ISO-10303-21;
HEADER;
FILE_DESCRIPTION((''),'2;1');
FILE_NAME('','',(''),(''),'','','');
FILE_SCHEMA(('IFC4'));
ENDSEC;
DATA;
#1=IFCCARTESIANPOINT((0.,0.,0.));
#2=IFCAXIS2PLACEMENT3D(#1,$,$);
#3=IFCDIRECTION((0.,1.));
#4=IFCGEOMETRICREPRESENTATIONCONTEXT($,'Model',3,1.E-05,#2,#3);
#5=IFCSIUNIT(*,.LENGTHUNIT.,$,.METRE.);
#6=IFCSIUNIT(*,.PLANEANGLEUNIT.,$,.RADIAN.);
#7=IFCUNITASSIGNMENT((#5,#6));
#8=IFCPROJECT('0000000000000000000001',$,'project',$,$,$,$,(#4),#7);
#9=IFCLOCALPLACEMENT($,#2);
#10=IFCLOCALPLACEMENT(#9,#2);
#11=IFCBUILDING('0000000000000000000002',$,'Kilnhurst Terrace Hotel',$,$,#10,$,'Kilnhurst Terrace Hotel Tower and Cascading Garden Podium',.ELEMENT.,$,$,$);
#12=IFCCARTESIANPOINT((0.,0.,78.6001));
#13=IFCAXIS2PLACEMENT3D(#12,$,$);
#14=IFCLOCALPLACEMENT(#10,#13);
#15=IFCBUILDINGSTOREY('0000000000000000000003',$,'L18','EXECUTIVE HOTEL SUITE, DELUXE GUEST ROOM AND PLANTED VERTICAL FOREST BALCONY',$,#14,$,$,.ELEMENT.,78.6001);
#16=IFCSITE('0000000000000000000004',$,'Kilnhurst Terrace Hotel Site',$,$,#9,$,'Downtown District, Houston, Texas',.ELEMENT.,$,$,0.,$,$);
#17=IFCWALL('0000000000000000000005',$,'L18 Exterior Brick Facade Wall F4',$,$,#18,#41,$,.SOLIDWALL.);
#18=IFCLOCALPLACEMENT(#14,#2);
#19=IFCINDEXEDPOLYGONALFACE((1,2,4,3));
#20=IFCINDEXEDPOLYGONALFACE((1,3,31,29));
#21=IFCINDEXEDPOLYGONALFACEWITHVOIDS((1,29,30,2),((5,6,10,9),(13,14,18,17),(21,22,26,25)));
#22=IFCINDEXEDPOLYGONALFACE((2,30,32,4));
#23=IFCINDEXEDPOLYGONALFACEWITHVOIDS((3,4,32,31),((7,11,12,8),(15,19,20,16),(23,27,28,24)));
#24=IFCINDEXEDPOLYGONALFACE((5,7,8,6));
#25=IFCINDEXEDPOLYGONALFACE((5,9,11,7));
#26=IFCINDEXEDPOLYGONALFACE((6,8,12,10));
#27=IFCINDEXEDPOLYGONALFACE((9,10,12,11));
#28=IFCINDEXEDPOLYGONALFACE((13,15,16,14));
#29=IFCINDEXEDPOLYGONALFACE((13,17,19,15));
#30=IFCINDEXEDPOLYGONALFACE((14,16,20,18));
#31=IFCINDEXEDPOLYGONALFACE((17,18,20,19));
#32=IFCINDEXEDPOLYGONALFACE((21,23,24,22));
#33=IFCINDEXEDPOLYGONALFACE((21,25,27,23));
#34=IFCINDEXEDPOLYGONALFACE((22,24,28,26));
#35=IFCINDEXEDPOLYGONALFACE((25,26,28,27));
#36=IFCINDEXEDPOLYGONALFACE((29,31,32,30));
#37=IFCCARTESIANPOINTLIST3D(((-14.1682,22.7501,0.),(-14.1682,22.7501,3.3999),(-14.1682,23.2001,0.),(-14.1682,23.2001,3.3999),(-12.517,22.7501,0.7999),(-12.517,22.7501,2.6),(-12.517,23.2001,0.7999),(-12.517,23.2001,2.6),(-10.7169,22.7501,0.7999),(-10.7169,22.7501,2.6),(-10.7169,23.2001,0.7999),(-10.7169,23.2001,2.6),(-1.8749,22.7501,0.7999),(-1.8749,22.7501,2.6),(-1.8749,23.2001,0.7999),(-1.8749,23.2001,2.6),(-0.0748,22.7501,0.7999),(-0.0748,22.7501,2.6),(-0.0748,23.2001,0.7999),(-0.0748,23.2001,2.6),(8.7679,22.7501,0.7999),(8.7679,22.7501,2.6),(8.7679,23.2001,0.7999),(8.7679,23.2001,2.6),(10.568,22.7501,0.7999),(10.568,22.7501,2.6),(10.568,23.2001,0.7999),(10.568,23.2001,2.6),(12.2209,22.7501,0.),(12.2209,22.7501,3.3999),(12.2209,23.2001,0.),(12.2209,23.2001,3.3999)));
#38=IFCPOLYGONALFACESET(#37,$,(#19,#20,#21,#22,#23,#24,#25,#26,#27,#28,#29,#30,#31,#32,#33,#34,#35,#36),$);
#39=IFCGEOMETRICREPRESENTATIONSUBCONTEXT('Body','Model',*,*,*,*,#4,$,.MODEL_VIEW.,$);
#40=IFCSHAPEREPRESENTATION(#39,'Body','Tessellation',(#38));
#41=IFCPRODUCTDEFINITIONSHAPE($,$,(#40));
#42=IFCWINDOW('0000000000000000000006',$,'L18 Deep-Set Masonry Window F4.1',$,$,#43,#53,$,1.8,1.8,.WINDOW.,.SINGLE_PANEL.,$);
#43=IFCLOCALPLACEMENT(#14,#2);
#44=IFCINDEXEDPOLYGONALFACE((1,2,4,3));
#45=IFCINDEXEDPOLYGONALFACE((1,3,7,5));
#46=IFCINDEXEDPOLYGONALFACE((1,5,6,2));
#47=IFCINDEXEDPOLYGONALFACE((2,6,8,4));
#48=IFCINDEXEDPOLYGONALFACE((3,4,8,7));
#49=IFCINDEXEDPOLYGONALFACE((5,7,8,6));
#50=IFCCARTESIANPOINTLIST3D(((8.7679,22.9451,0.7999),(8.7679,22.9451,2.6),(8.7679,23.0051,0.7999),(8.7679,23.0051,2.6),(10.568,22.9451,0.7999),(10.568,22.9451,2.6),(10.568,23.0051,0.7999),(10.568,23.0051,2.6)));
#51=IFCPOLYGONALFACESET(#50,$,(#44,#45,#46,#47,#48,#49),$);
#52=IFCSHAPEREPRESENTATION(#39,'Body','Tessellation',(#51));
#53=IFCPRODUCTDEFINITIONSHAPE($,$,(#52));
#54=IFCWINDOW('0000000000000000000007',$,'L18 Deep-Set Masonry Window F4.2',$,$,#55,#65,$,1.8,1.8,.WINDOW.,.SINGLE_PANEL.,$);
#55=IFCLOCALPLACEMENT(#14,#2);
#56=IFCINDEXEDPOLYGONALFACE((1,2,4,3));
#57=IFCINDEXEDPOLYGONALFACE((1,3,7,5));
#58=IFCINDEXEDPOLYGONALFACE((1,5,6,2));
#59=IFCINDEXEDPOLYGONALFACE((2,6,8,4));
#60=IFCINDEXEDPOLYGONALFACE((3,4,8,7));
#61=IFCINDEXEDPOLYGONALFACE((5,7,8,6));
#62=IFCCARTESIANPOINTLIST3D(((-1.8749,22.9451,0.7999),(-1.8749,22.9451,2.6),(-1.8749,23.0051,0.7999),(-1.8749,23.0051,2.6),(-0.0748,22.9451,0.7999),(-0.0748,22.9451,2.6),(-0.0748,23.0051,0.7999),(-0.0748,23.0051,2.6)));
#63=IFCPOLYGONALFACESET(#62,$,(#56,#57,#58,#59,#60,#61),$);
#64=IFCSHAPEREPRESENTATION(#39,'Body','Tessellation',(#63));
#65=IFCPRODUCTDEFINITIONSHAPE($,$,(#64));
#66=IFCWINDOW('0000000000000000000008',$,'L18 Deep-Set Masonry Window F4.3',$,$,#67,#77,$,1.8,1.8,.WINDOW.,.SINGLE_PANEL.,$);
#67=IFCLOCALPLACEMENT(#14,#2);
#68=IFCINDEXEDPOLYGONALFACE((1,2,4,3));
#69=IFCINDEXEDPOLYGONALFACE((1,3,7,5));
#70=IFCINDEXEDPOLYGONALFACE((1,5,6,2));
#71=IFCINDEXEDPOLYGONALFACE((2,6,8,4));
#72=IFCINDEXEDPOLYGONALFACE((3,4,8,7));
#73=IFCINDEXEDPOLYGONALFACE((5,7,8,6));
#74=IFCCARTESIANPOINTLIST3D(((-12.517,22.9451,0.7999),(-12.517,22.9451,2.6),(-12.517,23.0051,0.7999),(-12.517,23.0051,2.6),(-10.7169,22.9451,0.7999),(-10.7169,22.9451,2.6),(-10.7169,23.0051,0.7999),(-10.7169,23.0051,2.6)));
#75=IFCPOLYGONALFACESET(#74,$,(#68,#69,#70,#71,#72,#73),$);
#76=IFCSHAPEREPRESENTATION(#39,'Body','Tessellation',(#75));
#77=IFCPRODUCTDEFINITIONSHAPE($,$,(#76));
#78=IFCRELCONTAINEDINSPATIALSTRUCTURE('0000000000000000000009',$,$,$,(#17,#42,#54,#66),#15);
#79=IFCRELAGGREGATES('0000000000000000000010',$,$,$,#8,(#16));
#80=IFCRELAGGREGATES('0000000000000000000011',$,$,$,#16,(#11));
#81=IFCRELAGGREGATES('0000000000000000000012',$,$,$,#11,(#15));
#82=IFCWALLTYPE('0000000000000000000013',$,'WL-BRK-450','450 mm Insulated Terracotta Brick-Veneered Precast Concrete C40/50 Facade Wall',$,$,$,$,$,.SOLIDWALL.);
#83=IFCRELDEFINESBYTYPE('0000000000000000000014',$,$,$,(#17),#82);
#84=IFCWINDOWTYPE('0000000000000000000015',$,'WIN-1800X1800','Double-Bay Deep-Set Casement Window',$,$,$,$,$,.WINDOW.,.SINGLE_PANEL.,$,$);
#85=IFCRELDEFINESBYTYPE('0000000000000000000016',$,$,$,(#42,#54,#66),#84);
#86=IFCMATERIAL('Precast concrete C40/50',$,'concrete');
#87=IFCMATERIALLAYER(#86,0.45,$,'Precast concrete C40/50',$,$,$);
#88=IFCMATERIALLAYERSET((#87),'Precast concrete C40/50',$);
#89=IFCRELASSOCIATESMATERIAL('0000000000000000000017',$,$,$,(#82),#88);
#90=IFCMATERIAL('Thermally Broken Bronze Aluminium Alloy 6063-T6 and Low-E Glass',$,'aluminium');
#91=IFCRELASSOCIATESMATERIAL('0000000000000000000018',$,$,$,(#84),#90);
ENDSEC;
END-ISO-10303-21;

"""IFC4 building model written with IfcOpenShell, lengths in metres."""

from ifc_helpers import new_model, si_unit, direction, frame, frame_2d, origin, place, context, subcontext, project, spatial, rectangle, extrude, material, layer, layer_set, type_object, element, fill, save


model = new_model("IFC4")

# Units and contexts
model_context = context("Model", 3, precision=1e-05, world=origin(), true_north=direction((0.0, 1.0)))
body_context = subcontext(model_context, "Body", "Model", "MODEL_VIEW")
ifc_project = project(units=[si_unit("LENGTHUNIT", "METRE"), si_unit("PLANEANGLEUNIT", "RADIAN")], contexts=[model_context])

# Site, building, storey
site_placement = place(None, origin())
site = spatial("IfcSite", under=ifc_project, at=site_placement, Name="Kilnhurst Terrace Hotel Site", LongName="Downtown District, Houston, Texas", CompositionType="ELEMENT", RefElevation=0.0)
building_placement = place(site_placement, origin())
building = spatial("IfcBuilding", under=site, at=building_placement, Name="Kilnhurst Terrace Hotel", LongName="Kilnhurst Terrace Hotel Tower and Cascading Garden Podium", CompositionType="ELEMENT")
storey_placement = place(building_placement, frame((0.0, 0.0, 78.6001)))
storey = spatial("IfcBuildingStorey", under=building, at=storey_placement, Name="L18", Description="EXECUTIVE HOTEL SUITE, DELUXE GUEST ROOM AND PLANTED VERTICAL FOREST BALCONY", CompositionType="ELEMENT", Elevation=78.6001)

# Shared definitions
ifc_material_1 = material(Name="Precast concrete C40/50", Category="concrete")
ifc_layer_1 = layer(ifc_material_1, 0.45, Name="Precast concrete C40/50")
ifc_layer_set_1 = layer_set([ifc_layer_1], Name="Precast concrete C40/50")
wall_type_1 = type_object("IfcWallType", Name="WL-BRK-450", Description="450 mm Insulated Terracotta Brick-Veneered Precast Concrete C40/50 Facade Wall", PredefinedType="SOLIDWALL", material=ifc_layer_set_1)

# Wall, openings, windows
wall_1_placement = place(storey_placement, frame((12.2209, 22.9751, 0.0), z_axis=(0.0, 0.0, 1.0), x_axis=(-1.0, 0.0, 0.0)))
wall_1 = element("IfcWall", 1, at=wall_1_placement, inside=storey, type_object=wall_type_1, Name="L18 Exterior Brick Facade Wall F4", PredefinedType="SOLIDWALL", context=body_context, shape_type="SweptSolid", body=[
    extrude(rectangle(XDim=26.3892, YDim=0.45, at=frame_2d((13.1946, 0.0))), origin(), (0.0, 0.0, 1.0), 3.3999),
])
opening_1_placement = place(wall_1_placement, frame((1.6531, 0.0, 0.8)))
opening_1 = element("IfcOpeningElement", 2, at=opening_1_placement, cuts=wall_1, PredefinedType="OPENING", context=body_context, shape_type="SweptSolid", body=[
    extrude(rectangle(XDim=1.8, YDim=1.8, at=frame_2d((0.8999, 0.8999))), frame((0.0, 0.2349, 0.0), z_axis=(0.0, -1.0, 0.0), x_axis=(1.0, 0.0, 0.0)), (0.0, 0.0, 1.0), 0.47),
])
opening_2_placement = place(wall_1_placement, frame((12.2959, 0.0, 0.8)))
opening_2 = element("IfcOpeningElement", 3, at=opening_2_placement, cuts=wall_1, PredefinedType="OPENING", context=body_context, shape_type="SweptSolid", body=[
    extrude(rectangle(XDim=1.8, YDim=1.8, at=frame_2d((0.8999, 0.8999))), frame((0.0, 0.2349, 0.0), z_axis=(0.0, -1.0, 0.0), x_axis=(1.0, 0.0, 0.0)), (0.0, 0.0, 1.0), 0.47),
])
opening_3_placement = place(wall_1_placement, frame((22.938, 0.0, 0.8)))
opening_3 = element("IfcOpeningElement", 4, at=opening_3_placement, cuts=wall_1, PredefinedType="OPENING", context=body_context, shape_type="SweptSolid", body=[
    extrude(rectangle(XDim=1.8, YDim=1.8, at=frame_2d((0.8999, 0.8999))), frame((0.0, 0.2349, 0.0), z_axis=(0.0, -1.0, 0.0), x_axis=(1.0, 0.0, 0.0)), (0.0, 0.0, 1.0), 0.47),
])
ifc_material_2 = material(Name="Thermally Broken Bronze Aluminium Alloy 6063-T6 and Low-E Glass", Category="aluminium")
window_type = type_object("IfcWindowType", Name="WIN-1800X1800", Description="Double-Bay Deep-Set Casement Window", PartitioningType="SINGLE_PANEL", PredefinedType="WINDOW", material=ifc_material_2)
window_1_placement = place(opening_1_placement, origin())
window_1 = element("IfcWindow", 5, at=window_1_placement, inside=storey, type_object=window_type, Name="L18 Deep-Set Masonry Window F4.1", OverallHeight=1.8, OverallWidth=1.8, PartitioningType="SINGLE_PANEL", PredefinedType="WINDOW", context=body_context, shape_type="SweptSolid", body=[
    extrude(rectangle(XDim=1.8, YDim=1.8, at=frame_2d((0.8999, 0.8999))), frame((0.0, 0.03, 0.0), z_axis=(0.0, -1.0, 0.0), x_axis=(1.0, 0.0, 0.0)), (0.0, 0.0, 1.0), 0.0601),
])
fill(opening_1, window_1)
window_2_placement = place(opening_2_placement, origin())
window_2 = element("IfcWindow", 6, at=window_2_placement, inside=storey, type_object=window_type, Name="L18 Deep-Set Masonry Window F4.2", OverallHeight=1.8, OverallWidth=1.8, PartitioningType="SINGLE_PANEL", PredefinedType="WINDOW", context=body_context, shape_type="SweptSolid", body=[
    extrude(rectangle(XDim=1.8, YDim=1.8, at=frame_2d((0.8999, 0.8999))), frame((0.0, 0.03, 0.0), z_axis=(0.0, -1.0, 0.0), x_axis=(1.0, 0.0, 0.0)), (0.0, 0.0, 1.0), 0.0601),
])
fill(opening_2, window_2)
window_3_placement = place(opening_3_placement, origin())
window_3 = element("IfcWindow", 7, at=window_3_placement, inside=storey, type_object=window_type, Name="L18 Deep-Set Masonry Window F4.3", OverallHeight=1.8, OverallWidth=1.8, PartitioningType="SINGLE_PANEL", PredefinedType="WINDOW", context=body_context, shape_type="SweptSolid", body=[
    extrude(rectangle(XDim=1.8, YDim=1.8, at=frame_2d((0.8999, 0.8999))), frame((0.0, 0.03, 0.0), z_axis=(0.0, -1.0, 0.0), x_axis=(1.0, 0.0, 0.0)), (0.0, 0.0, 1.0), 0.0601),
])
fill(opening_3, window_3)

save(model, "model.ifc")
